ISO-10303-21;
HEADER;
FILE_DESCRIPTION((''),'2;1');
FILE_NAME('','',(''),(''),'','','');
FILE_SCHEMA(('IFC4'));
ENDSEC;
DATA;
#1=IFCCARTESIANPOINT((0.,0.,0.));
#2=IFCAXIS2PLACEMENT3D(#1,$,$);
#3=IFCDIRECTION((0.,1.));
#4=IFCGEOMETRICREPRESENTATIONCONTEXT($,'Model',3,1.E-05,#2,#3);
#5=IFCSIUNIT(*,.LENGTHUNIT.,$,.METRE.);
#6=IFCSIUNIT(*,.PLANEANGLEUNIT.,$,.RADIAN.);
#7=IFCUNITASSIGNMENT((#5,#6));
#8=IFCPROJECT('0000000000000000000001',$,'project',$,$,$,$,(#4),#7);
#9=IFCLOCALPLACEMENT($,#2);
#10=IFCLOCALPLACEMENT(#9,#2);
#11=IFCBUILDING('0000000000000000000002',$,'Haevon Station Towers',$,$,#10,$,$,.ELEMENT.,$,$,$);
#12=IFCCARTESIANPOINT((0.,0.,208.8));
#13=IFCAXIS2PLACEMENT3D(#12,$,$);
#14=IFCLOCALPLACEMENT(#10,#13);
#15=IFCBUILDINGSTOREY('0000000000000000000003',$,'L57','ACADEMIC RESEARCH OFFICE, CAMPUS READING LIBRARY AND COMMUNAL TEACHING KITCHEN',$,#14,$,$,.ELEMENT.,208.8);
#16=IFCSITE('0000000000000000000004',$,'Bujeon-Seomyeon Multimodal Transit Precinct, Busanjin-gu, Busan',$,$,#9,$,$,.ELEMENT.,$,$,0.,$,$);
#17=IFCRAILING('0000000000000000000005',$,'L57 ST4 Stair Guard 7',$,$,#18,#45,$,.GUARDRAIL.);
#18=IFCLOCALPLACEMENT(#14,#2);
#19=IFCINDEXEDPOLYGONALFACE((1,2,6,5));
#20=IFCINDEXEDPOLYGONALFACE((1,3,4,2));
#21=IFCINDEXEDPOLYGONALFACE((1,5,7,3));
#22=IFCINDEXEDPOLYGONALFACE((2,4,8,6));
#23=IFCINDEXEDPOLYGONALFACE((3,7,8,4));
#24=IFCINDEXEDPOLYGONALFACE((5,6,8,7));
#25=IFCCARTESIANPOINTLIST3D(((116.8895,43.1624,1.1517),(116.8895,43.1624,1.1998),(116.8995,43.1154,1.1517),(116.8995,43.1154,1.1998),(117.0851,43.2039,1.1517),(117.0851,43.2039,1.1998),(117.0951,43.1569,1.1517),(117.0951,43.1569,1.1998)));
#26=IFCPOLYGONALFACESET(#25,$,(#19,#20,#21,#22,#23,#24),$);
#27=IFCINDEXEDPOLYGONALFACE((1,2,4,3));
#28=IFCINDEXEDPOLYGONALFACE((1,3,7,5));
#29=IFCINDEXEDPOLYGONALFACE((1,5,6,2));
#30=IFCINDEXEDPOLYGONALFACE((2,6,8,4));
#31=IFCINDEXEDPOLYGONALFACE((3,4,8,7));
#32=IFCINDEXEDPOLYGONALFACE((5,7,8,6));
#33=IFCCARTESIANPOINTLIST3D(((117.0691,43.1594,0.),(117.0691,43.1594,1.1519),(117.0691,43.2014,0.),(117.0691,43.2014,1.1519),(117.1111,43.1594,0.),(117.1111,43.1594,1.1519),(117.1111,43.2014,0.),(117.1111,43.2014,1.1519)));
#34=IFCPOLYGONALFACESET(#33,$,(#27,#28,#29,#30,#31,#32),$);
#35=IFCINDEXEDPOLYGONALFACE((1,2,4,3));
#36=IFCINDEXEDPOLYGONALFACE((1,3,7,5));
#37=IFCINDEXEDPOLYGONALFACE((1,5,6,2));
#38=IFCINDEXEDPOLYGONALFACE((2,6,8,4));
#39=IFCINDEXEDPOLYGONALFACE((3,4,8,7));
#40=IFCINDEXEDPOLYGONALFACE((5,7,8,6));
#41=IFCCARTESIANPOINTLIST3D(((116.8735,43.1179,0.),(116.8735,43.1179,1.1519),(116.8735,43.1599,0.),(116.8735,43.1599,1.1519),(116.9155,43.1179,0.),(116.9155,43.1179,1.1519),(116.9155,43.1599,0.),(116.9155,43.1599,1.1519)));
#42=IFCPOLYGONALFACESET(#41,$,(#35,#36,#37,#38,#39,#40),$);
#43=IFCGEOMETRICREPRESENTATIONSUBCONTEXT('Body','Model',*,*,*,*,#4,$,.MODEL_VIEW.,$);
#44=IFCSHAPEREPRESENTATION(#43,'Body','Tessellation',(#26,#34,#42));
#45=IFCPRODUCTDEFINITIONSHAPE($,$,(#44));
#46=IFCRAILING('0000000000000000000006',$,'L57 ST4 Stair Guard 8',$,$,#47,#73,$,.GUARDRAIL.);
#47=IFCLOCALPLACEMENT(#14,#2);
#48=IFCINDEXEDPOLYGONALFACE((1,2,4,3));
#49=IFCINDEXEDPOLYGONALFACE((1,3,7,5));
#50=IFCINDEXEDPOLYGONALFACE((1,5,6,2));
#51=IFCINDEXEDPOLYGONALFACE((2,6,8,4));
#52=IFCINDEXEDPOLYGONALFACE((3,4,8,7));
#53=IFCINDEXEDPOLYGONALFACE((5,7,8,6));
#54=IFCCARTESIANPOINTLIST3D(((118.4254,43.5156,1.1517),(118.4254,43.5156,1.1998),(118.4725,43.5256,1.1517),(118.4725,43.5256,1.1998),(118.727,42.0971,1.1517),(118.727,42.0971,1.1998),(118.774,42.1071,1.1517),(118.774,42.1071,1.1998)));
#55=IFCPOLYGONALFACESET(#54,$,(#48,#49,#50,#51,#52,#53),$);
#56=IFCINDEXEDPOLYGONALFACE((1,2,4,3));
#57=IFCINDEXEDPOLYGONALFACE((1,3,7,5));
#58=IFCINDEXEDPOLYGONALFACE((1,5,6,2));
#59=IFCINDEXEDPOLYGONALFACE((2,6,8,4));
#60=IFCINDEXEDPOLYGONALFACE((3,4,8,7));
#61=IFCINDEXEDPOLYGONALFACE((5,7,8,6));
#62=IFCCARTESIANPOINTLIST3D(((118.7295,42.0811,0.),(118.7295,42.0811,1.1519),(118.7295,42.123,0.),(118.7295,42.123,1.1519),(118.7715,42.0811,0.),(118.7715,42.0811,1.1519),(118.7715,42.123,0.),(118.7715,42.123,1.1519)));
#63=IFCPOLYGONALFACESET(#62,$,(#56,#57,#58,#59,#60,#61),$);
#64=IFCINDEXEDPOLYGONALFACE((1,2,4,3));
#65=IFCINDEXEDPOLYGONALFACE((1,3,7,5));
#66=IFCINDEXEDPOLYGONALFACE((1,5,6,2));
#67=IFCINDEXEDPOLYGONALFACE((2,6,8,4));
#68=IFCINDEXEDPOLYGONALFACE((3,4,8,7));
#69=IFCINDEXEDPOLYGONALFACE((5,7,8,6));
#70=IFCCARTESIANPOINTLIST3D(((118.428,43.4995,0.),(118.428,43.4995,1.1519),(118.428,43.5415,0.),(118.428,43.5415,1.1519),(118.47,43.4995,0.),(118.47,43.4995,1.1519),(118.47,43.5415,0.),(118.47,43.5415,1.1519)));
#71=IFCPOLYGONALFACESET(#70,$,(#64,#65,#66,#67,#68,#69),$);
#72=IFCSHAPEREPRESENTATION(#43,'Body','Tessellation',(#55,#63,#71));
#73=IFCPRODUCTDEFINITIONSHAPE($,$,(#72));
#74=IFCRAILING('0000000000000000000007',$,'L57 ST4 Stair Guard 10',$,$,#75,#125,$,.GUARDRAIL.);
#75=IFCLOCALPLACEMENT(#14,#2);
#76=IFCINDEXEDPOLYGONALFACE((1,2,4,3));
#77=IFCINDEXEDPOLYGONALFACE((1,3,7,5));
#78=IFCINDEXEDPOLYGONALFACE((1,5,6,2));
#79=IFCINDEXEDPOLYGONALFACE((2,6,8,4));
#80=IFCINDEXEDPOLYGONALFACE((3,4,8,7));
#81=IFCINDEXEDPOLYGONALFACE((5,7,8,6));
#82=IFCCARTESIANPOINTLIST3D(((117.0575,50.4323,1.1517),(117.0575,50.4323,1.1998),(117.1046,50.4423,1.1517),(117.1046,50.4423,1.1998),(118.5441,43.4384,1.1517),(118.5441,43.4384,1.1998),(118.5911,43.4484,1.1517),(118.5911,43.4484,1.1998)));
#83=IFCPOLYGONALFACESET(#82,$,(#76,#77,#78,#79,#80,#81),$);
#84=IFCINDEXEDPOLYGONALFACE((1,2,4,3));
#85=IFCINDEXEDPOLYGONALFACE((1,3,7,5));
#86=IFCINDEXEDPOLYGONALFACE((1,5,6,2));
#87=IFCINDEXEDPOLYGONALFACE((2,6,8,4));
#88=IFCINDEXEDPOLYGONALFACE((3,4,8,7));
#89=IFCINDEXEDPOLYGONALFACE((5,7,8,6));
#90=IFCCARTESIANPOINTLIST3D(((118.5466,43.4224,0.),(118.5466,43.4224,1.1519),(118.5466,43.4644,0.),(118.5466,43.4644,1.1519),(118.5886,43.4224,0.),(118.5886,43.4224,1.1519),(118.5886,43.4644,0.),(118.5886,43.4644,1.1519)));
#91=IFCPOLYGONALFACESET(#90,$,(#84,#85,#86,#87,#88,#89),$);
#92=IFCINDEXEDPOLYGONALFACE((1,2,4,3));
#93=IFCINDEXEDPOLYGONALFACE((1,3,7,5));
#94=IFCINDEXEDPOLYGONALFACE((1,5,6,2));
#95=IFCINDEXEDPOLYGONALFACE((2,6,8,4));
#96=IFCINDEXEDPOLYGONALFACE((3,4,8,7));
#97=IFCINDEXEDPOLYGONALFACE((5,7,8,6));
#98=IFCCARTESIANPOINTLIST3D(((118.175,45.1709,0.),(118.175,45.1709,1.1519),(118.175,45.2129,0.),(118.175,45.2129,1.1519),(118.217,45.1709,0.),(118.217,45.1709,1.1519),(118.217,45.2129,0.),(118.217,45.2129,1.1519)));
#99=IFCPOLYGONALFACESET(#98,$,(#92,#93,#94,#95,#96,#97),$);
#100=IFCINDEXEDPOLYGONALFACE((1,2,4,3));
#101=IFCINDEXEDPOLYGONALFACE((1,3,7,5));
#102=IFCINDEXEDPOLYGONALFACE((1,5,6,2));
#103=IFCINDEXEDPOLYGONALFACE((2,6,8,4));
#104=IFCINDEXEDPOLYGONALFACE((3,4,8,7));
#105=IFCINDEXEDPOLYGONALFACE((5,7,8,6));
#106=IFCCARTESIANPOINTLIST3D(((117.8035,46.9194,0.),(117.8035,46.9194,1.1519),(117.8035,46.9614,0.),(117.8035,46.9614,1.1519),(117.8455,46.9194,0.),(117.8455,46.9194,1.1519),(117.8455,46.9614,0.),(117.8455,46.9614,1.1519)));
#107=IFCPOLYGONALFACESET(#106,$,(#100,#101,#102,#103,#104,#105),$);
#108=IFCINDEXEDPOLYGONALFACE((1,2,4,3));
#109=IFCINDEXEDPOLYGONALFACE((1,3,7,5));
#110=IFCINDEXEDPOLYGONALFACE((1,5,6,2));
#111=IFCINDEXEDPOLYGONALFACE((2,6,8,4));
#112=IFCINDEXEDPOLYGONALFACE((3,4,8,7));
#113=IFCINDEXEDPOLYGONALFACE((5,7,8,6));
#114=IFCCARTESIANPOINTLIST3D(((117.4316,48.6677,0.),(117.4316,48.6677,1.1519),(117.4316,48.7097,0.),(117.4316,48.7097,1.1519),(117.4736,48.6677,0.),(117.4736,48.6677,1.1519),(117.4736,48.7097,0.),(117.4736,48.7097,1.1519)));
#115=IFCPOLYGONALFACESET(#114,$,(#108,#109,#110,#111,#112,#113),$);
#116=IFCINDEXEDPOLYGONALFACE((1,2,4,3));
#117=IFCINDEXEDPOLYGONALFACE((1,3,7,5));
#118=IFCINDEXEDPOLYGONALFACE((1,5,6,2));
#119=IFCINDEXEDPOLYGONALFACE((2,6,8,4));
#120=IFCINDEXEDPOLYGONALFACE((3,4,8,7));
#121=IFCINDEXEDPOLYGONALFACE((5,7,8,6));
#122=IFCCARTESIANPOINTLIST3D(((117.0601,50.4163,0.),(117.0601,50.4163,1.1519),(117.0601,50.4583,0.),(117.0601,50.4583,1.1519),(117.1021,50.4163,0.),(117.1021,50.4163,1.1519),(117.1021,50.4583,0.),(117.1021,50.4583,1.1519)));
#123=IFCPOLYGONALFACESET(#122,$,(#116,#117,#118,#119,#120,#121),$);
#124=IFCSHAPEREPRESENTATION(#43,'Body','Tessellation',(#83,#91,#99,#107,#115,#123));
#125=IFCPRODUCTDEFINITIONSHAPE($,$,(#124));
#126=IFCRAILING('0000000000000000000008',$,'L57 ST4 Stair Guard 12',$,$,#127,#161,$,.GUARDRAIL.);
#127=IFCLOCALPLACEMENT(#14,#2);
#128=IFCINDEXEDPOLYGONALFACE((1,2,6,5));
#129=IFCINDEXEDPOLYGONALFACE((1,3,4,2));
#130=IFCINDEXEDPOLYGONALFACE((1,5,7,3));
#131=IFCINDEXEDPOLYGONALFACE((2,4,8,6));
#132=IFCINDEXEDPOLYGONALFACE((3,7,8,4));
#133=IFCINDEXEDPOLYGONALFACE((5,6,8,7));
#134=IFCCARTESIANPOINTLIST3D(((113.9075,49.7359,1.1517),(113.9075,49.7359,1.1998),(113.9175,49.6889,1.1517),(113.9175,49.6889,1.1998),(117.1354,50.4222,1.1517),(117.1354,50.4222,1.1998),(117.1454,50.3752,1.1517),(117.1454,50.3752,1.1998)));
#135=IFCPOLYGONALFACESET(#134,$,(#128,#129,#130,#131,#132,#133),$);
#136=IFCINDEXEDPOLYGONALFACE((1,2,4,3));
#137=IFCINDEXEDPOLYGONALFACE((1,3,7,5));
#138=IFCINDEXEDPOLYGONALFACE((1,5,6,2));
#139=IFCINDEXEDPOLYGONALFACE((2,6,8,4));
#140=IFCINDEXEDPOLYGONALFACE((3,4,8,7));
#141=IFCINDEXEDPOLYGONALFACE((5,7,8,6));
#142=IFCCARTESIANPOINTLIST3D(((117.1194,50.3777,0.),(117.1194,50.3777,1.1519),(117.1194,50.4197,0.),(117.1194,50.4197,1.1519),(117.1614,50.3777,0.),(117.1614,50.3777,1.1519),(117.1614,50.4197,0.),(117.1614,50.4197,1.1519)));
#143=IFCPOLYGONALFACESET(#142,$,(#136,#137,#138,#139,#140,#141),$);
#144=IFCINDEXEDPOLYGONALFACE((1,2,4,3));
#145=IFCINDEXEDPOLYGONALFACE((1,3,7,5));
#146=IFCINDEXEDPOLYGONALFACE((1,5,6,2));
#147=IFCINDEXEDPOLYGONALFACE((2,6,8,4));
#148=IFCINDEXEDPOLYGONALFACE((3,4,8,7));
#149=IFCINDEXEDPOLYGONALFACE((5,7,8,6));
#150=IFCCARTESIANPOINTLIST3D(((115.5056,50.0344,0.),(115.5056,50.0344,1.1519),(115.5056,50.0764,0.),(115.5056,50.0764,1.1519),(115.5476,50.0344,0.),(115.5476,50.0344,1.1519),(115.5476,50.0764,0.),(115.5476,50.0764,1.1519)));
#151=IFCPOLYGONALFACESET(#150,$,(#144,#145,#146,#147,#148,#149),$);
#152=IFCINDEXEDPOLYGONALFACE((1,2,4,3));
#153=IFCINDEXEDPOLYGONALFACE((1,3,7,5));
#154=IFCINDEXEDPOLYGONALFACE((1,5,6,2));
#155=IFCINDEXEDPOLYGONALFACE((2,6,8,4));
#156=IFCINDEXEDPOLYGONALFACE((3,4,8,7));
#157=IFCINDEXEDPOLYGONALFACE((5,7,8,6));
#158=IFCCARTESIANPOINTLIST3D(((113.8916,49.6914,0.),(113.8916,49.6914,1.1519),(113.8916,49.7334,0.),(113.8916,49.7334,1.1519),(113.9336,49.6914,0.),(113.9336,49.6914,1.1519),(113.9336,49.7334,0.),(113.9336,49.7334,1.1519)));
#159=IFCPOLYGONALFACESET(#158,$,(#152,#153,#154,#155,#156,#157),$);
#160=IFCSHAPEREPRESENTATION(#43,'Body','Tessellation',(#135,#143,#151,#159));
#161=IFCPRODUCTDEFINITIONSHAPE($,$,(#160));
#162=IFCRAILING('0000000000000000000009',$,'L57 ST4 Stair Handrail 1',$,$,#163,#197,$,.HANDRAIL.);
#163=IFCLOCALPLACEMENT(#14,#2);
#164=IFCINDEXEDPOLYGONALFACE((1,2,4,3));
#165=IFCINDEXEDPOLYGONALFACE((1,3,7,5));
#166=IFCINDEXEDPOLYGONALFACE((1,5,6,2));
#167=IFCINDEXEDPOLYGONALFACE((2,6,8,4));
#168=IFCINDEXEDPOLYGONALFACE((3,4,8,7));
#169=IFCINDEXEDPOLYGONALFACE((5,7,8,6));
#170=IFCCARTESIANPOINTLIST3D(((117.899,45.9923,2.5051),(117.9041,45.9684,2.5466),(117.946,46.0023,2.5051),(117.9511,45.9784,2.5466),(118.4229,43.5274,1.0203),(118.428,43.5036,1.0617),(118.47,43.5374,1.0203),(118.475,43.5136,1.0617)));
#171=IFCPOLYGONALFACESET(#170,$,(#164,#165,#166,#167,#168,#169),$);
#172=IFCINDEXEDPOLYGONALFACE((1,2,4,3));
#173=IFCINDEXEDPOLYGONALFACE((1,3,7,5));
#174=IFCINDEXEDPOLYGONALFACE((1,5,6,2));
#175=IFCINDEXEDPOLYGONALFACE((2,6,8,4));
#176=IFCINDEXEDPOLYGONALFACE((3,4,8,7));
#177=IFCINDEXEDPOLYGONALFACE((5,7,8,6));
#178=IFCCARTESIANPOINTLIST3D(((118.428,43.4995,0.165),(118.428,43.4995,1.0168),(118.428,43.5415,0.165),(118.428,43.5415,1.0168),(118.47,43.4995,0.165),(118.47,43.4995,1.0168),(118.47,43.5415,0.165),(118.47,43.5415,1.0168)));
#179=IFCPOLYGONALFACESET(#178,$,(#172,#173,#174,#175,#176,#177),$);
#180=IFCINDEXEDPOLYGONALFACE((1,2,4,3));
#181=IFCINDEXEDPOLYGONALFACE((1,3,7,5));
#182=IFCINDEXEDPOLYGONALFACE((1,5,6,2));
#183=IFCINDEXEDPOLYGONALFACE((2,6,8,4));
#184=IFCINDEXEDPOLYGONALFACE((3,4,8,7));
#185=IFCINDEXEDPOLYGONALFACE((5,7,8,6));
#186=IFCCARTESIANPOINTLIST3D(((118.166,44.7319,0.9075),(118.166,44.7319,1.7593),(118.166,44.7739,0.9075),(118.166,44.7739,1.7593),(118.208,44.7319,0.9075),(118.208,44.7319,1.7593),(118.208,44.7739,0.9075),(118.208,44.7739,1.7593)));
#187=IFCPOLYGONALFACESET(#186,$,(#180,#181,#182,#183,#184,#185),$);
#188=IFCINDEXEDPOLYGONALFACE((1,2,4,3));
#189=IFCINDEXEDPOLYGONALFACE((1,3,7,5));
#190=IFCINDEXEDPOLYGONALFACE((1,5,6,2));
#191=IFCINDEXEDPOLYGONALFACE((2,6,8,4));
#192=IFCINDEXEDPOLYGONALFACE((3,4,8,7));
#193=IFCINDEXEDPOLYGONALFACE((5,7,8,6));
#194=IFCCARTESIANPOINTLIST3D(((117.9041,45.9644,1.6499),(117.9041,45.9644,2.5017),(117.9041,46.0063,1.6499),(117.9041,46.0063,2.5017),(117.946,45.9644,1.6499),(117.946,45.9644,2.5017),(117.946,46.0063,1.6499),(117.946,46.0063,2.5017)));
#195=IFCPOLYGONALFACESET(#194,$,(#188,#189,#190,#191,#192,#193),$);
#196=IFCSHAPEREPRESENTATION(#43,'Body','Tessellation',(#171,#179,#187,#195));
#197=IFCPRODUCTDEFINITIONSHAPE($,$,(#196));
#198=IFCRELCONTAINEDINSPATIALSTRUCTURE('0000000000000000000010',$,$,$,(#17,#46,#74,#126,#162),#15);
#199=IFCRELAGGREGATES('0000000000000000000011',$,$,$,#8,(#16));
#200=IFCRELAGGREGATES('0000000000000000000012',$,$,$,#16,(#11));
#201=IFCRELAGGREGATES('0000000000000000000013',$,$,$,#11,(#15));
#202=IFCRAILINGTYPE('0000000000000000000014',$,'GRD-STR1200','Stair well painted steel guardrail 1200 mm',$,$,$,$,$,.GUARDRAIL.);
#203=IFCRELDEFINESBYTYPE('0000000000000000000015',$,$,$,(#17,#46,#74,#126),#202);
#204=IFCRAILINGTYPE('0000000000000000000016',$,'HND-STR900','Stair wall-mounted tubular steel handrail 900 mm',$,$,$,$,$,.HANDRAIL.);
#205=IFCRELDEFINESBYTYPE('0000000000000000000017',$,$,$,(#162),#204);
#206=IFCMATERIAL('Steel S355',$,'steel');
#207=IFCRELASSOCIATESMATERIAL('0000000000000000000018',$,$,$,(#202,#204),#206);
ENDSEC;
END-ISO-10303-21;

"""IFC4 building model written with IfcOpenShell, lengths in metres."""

from ifc_helpers import new_model, si_unit, direction, frame, origin, origin_2d, place, context, subcontext, project, spatial, rectangle, extrude, material, type_object, element, save


model = new_model("IFC4")

# Units and contexts
model_context = context("Model", 3, precision=1e-05, world=origin(), true_north=direction((0.0, 1.0)))
body_context = subcontext(model_context, "Body", "Model", "MODEL_VIEW")
ifc_project = project(units=[si_unit("LENGTHUNIT", "METRE"), si_unit("PLANEANGLEUNIT", "RADIAN")], contexts=[model_context])

# Site, building, storey
site_placement = place(None, origin())
site = spatial("IfcSite", under=ifc_project, at=site_placement, Name="Bujeon-Seomyeon Multimodal Transit Precinct, Busanjin-gu, Busan", CompositionType="ELEMENT", RefElevation=0.0)
building_placement = place(site_placement, origin())
building = spatial("IfcBuilding", under=site, at=building_placement, Name="Haevon Station Towers", CompositionType="ELEMENT")
storey_placement = place(building_placement, frame((0.0, 0.0, 208.8)))
storey = spatial("IfcBuildingStorey", under=building, at=storey_placement, Name="L57", Description="ACADEMIC RESEARCH OFFICE, CAMPUS READING LIBRARY AND COMMUNAL TEACHING KITCHEN", CompositionType="ELEMENT", Elevation=208.8)

# Shared definitions
ifc_material_1 = material(Name="Steel S355", Category="steel")

# Railings
railing_type_1 = type_object("IfcRailingType", Name="GRD-STR1200", Description="Stair well painted steel guardrail 1200 mm", PredefinedType="GUARDRAIL", material=ifc_material_1)
railing_1_placement = place(storey_placement, frame((117.0901, 43.1804, 0.0)))
element("IfcRailing", 1, at=railing_1_placement, inside=storey, type_object=railing_type_1, Name="L57 ST4 Stair Guard 7", PredefinedType="GUARDRAIL", context=body_context, shape_type="SweptSolid", body=[
    extrude(rectangle(XDim=0.0481, YDim=0.0481, at=origin_2d()), frame((0.0, 0.0, 1.1758), z_axis=(-0.978212, -0.20761, 0.0), x_axis=(0.20761, -0.978212, 0.0)), (0.0, 0.0, 1.0), 0.2),
    extrude(rectangle(XDim=0.042, YDim=0.042, at=origin_2d()), origin(), (0.0, 0.0, 1.0), 1.1519),
    extrude(rectangle(XDim=0.042, YDim=0.042, at=origin_2d()), frame((-0.1956, -0.0415, 0.0)), (0.0, 0.0, 1.0), 1.1519),
])
railing_2_placement = place(storey_placement, frame((118.7505, 42.1021, 0.0)))
element("IfcRailing", 2, at=railing_2_placement, inside=storey, type_object=railing_type_1, Name="L57 ST4 Stair Guard 8", PredefinedType="GUARDRAIL", context=body_context, shape_type="SweptSolid", body=[
    extrude(rectangle(XDim=0.0481, YDim=0.0481, at=origin_2d()), frame((0.0, 0.0, 1.1758), z_axis=(-0.207919, 0.978146, 0.0), x_axis=(-0.978146, -0.207919, 0.0)), (0.0, 0.0, 1.0), 1.4502),
    extrude(rectangle(XDim=0.042, YDim=0.042, at=origin_2d()), origin(), (0.0, 0.0, 1.0), 1.1519),
    extrude(rectangle(XDim=0.042, YDim=0.042, at=origin_2d()), frame((-0.3015, 1.4185, 0.0)), (0.0, 0.0, 1.0), 1.1519),
])
railing_3_placement = place(storey_placement, frame((118.5676, 43.4434, 0.0)))
element("IfcRailing", 3, at=railing_3_placement, inside=storey, type_object=railing_type_1, Name="L57 ST4 Stair Guard 10", PredefinedType="GUARDRAIL", context=body_context, shape_type="SweptSolid", body=[
    extrude(rectangle(XDim=0.0481, YDim=0.0481, at=origin_2d()), frame((0.0, 0.0, 1.1758), z_axis=(-0.207908, 0.978148, 0.0), x_axis=(-0.978148, -0.207908, 0.0)), (0.0, 0.0, 1.0), 7.1501),
    extrude(rectangle(XDim=0.042, YDim=0.042, at=origin_2d()), origin(), (0.0, 0.0, 1.0), 1.1519),
    extrude(rectangle(XDim=0.042, YDim=0.042, at=origin_2d()), frame((-0.3716, 1.7485, 0.0)), (0.0, 0.0, 1.0), 1.1519),
    extrude(rectangle(XDim=0.042, YDim=0.042, at=origin_2d()), frame((-0.7432, 3.4971, 0.0)), (0.0, 0.0, 1.0), 1.1519),
    extrude(rectangle(XDim=0.042, YDim=0.042, at=origin_2d()), frame((-1.115, 5.2454, 0.0)), (0.0, 0.0, 1.0), 1.1519),
    extrude(rectangle(XDim=0.042, YDim=0.042, at=origin_2d()), frame((-1.4866, 6.9939, 0.0)), (0.0, 0.0, 1.0), 1.1519),
])
railing_4_placement = place(storey_placement, frame((117.1404, 50.3987, 0.0)))
element("IfcRailing", 4, at=railing_4_placement, inside=storey, type_object=railing_type_1, Name="L57 ST4 Stair Guard 12", PredefinedType="GUARDRAIL", context=body_context, shape_type="SweptSolid", body=[
    extrude(rectangle(XDim=0.0481, YDim=0.0481, at=origin_2d()), frame((0.0, 0.0, 1.1758), z_axis=(-0.978136, -0.207968, 0.0), x_axis=(0.207968, -0.978136, 0.0)), (0.0, 0.0, 1.0), 3.3),
    extrude(rectangle(XDim=0.042, YDim=0.042, at=origin_2d()), origin(), (0.0, 0.0, 1.0), 1.1519),
    extrude(rectangle(XDim=0.042, YDim=0.042, at=origin_2d()), frame((-1.6138, -0.3433, 0.0)), (0.0, 0.0, 1.0), 1.1519),
    extrude(rectangle(XDim=0.042, YDim=0.042, at=origin_2d()), frame((-3.2278, -0.6863, 0.0)), (0.0, 0.0, 1.0), 1.1519),
])
railing_type_2 = type_object("IfcRailingType", Name="HND-STR900", Description="Stair wall-mounted tubular steel handrail 900 mm", PredefinedType="HANDRAIL", material=ifc_material_1)
railing_5_placement = place(storey_placement, frame((118.449, 43.5205, 0.165)))
element("IfcRailing", 5, at=railing_5_placement, inside=storey, type_object=railing_type_2, Name="L57 ST4 Stair Handrail 1", PredefinedType="HANDRAIL", context=body_context, shape_type="SweptSolid", body=[
    extrude(rectangle(XDim=0.0481, YDim=0.0481, at=origin_2d()), frame((0.0, 0.0, 0.876), z_axis=(-0.179129, 0.842724, 0.507671), x_axis=(-0.978147, -0.207914, 0.0)), (0.0, 0.0, 1.0), 2.9248),
    extrude(rectangle(XDim=0.042, YDim=0.042, at=origin_2d()), origin(), (0.0, 0.0, 1.0), 0.8518),
    extrude(rectangle(XDim=0.042, YDim=0.042, at=origin_2d()), frame((-0.262, 1.2324, 0.7424)), (0.0, 0.0, 1.0), 0.8518),
    extrude(rectangle(XDim=0.042, YDim=0.042, at=origin_2d()), frame((-0.5239, 2.4648, 1.4849)), (0.0, 0.0, 1.0), 0.8518),
])

save(model, "model.ifc")
